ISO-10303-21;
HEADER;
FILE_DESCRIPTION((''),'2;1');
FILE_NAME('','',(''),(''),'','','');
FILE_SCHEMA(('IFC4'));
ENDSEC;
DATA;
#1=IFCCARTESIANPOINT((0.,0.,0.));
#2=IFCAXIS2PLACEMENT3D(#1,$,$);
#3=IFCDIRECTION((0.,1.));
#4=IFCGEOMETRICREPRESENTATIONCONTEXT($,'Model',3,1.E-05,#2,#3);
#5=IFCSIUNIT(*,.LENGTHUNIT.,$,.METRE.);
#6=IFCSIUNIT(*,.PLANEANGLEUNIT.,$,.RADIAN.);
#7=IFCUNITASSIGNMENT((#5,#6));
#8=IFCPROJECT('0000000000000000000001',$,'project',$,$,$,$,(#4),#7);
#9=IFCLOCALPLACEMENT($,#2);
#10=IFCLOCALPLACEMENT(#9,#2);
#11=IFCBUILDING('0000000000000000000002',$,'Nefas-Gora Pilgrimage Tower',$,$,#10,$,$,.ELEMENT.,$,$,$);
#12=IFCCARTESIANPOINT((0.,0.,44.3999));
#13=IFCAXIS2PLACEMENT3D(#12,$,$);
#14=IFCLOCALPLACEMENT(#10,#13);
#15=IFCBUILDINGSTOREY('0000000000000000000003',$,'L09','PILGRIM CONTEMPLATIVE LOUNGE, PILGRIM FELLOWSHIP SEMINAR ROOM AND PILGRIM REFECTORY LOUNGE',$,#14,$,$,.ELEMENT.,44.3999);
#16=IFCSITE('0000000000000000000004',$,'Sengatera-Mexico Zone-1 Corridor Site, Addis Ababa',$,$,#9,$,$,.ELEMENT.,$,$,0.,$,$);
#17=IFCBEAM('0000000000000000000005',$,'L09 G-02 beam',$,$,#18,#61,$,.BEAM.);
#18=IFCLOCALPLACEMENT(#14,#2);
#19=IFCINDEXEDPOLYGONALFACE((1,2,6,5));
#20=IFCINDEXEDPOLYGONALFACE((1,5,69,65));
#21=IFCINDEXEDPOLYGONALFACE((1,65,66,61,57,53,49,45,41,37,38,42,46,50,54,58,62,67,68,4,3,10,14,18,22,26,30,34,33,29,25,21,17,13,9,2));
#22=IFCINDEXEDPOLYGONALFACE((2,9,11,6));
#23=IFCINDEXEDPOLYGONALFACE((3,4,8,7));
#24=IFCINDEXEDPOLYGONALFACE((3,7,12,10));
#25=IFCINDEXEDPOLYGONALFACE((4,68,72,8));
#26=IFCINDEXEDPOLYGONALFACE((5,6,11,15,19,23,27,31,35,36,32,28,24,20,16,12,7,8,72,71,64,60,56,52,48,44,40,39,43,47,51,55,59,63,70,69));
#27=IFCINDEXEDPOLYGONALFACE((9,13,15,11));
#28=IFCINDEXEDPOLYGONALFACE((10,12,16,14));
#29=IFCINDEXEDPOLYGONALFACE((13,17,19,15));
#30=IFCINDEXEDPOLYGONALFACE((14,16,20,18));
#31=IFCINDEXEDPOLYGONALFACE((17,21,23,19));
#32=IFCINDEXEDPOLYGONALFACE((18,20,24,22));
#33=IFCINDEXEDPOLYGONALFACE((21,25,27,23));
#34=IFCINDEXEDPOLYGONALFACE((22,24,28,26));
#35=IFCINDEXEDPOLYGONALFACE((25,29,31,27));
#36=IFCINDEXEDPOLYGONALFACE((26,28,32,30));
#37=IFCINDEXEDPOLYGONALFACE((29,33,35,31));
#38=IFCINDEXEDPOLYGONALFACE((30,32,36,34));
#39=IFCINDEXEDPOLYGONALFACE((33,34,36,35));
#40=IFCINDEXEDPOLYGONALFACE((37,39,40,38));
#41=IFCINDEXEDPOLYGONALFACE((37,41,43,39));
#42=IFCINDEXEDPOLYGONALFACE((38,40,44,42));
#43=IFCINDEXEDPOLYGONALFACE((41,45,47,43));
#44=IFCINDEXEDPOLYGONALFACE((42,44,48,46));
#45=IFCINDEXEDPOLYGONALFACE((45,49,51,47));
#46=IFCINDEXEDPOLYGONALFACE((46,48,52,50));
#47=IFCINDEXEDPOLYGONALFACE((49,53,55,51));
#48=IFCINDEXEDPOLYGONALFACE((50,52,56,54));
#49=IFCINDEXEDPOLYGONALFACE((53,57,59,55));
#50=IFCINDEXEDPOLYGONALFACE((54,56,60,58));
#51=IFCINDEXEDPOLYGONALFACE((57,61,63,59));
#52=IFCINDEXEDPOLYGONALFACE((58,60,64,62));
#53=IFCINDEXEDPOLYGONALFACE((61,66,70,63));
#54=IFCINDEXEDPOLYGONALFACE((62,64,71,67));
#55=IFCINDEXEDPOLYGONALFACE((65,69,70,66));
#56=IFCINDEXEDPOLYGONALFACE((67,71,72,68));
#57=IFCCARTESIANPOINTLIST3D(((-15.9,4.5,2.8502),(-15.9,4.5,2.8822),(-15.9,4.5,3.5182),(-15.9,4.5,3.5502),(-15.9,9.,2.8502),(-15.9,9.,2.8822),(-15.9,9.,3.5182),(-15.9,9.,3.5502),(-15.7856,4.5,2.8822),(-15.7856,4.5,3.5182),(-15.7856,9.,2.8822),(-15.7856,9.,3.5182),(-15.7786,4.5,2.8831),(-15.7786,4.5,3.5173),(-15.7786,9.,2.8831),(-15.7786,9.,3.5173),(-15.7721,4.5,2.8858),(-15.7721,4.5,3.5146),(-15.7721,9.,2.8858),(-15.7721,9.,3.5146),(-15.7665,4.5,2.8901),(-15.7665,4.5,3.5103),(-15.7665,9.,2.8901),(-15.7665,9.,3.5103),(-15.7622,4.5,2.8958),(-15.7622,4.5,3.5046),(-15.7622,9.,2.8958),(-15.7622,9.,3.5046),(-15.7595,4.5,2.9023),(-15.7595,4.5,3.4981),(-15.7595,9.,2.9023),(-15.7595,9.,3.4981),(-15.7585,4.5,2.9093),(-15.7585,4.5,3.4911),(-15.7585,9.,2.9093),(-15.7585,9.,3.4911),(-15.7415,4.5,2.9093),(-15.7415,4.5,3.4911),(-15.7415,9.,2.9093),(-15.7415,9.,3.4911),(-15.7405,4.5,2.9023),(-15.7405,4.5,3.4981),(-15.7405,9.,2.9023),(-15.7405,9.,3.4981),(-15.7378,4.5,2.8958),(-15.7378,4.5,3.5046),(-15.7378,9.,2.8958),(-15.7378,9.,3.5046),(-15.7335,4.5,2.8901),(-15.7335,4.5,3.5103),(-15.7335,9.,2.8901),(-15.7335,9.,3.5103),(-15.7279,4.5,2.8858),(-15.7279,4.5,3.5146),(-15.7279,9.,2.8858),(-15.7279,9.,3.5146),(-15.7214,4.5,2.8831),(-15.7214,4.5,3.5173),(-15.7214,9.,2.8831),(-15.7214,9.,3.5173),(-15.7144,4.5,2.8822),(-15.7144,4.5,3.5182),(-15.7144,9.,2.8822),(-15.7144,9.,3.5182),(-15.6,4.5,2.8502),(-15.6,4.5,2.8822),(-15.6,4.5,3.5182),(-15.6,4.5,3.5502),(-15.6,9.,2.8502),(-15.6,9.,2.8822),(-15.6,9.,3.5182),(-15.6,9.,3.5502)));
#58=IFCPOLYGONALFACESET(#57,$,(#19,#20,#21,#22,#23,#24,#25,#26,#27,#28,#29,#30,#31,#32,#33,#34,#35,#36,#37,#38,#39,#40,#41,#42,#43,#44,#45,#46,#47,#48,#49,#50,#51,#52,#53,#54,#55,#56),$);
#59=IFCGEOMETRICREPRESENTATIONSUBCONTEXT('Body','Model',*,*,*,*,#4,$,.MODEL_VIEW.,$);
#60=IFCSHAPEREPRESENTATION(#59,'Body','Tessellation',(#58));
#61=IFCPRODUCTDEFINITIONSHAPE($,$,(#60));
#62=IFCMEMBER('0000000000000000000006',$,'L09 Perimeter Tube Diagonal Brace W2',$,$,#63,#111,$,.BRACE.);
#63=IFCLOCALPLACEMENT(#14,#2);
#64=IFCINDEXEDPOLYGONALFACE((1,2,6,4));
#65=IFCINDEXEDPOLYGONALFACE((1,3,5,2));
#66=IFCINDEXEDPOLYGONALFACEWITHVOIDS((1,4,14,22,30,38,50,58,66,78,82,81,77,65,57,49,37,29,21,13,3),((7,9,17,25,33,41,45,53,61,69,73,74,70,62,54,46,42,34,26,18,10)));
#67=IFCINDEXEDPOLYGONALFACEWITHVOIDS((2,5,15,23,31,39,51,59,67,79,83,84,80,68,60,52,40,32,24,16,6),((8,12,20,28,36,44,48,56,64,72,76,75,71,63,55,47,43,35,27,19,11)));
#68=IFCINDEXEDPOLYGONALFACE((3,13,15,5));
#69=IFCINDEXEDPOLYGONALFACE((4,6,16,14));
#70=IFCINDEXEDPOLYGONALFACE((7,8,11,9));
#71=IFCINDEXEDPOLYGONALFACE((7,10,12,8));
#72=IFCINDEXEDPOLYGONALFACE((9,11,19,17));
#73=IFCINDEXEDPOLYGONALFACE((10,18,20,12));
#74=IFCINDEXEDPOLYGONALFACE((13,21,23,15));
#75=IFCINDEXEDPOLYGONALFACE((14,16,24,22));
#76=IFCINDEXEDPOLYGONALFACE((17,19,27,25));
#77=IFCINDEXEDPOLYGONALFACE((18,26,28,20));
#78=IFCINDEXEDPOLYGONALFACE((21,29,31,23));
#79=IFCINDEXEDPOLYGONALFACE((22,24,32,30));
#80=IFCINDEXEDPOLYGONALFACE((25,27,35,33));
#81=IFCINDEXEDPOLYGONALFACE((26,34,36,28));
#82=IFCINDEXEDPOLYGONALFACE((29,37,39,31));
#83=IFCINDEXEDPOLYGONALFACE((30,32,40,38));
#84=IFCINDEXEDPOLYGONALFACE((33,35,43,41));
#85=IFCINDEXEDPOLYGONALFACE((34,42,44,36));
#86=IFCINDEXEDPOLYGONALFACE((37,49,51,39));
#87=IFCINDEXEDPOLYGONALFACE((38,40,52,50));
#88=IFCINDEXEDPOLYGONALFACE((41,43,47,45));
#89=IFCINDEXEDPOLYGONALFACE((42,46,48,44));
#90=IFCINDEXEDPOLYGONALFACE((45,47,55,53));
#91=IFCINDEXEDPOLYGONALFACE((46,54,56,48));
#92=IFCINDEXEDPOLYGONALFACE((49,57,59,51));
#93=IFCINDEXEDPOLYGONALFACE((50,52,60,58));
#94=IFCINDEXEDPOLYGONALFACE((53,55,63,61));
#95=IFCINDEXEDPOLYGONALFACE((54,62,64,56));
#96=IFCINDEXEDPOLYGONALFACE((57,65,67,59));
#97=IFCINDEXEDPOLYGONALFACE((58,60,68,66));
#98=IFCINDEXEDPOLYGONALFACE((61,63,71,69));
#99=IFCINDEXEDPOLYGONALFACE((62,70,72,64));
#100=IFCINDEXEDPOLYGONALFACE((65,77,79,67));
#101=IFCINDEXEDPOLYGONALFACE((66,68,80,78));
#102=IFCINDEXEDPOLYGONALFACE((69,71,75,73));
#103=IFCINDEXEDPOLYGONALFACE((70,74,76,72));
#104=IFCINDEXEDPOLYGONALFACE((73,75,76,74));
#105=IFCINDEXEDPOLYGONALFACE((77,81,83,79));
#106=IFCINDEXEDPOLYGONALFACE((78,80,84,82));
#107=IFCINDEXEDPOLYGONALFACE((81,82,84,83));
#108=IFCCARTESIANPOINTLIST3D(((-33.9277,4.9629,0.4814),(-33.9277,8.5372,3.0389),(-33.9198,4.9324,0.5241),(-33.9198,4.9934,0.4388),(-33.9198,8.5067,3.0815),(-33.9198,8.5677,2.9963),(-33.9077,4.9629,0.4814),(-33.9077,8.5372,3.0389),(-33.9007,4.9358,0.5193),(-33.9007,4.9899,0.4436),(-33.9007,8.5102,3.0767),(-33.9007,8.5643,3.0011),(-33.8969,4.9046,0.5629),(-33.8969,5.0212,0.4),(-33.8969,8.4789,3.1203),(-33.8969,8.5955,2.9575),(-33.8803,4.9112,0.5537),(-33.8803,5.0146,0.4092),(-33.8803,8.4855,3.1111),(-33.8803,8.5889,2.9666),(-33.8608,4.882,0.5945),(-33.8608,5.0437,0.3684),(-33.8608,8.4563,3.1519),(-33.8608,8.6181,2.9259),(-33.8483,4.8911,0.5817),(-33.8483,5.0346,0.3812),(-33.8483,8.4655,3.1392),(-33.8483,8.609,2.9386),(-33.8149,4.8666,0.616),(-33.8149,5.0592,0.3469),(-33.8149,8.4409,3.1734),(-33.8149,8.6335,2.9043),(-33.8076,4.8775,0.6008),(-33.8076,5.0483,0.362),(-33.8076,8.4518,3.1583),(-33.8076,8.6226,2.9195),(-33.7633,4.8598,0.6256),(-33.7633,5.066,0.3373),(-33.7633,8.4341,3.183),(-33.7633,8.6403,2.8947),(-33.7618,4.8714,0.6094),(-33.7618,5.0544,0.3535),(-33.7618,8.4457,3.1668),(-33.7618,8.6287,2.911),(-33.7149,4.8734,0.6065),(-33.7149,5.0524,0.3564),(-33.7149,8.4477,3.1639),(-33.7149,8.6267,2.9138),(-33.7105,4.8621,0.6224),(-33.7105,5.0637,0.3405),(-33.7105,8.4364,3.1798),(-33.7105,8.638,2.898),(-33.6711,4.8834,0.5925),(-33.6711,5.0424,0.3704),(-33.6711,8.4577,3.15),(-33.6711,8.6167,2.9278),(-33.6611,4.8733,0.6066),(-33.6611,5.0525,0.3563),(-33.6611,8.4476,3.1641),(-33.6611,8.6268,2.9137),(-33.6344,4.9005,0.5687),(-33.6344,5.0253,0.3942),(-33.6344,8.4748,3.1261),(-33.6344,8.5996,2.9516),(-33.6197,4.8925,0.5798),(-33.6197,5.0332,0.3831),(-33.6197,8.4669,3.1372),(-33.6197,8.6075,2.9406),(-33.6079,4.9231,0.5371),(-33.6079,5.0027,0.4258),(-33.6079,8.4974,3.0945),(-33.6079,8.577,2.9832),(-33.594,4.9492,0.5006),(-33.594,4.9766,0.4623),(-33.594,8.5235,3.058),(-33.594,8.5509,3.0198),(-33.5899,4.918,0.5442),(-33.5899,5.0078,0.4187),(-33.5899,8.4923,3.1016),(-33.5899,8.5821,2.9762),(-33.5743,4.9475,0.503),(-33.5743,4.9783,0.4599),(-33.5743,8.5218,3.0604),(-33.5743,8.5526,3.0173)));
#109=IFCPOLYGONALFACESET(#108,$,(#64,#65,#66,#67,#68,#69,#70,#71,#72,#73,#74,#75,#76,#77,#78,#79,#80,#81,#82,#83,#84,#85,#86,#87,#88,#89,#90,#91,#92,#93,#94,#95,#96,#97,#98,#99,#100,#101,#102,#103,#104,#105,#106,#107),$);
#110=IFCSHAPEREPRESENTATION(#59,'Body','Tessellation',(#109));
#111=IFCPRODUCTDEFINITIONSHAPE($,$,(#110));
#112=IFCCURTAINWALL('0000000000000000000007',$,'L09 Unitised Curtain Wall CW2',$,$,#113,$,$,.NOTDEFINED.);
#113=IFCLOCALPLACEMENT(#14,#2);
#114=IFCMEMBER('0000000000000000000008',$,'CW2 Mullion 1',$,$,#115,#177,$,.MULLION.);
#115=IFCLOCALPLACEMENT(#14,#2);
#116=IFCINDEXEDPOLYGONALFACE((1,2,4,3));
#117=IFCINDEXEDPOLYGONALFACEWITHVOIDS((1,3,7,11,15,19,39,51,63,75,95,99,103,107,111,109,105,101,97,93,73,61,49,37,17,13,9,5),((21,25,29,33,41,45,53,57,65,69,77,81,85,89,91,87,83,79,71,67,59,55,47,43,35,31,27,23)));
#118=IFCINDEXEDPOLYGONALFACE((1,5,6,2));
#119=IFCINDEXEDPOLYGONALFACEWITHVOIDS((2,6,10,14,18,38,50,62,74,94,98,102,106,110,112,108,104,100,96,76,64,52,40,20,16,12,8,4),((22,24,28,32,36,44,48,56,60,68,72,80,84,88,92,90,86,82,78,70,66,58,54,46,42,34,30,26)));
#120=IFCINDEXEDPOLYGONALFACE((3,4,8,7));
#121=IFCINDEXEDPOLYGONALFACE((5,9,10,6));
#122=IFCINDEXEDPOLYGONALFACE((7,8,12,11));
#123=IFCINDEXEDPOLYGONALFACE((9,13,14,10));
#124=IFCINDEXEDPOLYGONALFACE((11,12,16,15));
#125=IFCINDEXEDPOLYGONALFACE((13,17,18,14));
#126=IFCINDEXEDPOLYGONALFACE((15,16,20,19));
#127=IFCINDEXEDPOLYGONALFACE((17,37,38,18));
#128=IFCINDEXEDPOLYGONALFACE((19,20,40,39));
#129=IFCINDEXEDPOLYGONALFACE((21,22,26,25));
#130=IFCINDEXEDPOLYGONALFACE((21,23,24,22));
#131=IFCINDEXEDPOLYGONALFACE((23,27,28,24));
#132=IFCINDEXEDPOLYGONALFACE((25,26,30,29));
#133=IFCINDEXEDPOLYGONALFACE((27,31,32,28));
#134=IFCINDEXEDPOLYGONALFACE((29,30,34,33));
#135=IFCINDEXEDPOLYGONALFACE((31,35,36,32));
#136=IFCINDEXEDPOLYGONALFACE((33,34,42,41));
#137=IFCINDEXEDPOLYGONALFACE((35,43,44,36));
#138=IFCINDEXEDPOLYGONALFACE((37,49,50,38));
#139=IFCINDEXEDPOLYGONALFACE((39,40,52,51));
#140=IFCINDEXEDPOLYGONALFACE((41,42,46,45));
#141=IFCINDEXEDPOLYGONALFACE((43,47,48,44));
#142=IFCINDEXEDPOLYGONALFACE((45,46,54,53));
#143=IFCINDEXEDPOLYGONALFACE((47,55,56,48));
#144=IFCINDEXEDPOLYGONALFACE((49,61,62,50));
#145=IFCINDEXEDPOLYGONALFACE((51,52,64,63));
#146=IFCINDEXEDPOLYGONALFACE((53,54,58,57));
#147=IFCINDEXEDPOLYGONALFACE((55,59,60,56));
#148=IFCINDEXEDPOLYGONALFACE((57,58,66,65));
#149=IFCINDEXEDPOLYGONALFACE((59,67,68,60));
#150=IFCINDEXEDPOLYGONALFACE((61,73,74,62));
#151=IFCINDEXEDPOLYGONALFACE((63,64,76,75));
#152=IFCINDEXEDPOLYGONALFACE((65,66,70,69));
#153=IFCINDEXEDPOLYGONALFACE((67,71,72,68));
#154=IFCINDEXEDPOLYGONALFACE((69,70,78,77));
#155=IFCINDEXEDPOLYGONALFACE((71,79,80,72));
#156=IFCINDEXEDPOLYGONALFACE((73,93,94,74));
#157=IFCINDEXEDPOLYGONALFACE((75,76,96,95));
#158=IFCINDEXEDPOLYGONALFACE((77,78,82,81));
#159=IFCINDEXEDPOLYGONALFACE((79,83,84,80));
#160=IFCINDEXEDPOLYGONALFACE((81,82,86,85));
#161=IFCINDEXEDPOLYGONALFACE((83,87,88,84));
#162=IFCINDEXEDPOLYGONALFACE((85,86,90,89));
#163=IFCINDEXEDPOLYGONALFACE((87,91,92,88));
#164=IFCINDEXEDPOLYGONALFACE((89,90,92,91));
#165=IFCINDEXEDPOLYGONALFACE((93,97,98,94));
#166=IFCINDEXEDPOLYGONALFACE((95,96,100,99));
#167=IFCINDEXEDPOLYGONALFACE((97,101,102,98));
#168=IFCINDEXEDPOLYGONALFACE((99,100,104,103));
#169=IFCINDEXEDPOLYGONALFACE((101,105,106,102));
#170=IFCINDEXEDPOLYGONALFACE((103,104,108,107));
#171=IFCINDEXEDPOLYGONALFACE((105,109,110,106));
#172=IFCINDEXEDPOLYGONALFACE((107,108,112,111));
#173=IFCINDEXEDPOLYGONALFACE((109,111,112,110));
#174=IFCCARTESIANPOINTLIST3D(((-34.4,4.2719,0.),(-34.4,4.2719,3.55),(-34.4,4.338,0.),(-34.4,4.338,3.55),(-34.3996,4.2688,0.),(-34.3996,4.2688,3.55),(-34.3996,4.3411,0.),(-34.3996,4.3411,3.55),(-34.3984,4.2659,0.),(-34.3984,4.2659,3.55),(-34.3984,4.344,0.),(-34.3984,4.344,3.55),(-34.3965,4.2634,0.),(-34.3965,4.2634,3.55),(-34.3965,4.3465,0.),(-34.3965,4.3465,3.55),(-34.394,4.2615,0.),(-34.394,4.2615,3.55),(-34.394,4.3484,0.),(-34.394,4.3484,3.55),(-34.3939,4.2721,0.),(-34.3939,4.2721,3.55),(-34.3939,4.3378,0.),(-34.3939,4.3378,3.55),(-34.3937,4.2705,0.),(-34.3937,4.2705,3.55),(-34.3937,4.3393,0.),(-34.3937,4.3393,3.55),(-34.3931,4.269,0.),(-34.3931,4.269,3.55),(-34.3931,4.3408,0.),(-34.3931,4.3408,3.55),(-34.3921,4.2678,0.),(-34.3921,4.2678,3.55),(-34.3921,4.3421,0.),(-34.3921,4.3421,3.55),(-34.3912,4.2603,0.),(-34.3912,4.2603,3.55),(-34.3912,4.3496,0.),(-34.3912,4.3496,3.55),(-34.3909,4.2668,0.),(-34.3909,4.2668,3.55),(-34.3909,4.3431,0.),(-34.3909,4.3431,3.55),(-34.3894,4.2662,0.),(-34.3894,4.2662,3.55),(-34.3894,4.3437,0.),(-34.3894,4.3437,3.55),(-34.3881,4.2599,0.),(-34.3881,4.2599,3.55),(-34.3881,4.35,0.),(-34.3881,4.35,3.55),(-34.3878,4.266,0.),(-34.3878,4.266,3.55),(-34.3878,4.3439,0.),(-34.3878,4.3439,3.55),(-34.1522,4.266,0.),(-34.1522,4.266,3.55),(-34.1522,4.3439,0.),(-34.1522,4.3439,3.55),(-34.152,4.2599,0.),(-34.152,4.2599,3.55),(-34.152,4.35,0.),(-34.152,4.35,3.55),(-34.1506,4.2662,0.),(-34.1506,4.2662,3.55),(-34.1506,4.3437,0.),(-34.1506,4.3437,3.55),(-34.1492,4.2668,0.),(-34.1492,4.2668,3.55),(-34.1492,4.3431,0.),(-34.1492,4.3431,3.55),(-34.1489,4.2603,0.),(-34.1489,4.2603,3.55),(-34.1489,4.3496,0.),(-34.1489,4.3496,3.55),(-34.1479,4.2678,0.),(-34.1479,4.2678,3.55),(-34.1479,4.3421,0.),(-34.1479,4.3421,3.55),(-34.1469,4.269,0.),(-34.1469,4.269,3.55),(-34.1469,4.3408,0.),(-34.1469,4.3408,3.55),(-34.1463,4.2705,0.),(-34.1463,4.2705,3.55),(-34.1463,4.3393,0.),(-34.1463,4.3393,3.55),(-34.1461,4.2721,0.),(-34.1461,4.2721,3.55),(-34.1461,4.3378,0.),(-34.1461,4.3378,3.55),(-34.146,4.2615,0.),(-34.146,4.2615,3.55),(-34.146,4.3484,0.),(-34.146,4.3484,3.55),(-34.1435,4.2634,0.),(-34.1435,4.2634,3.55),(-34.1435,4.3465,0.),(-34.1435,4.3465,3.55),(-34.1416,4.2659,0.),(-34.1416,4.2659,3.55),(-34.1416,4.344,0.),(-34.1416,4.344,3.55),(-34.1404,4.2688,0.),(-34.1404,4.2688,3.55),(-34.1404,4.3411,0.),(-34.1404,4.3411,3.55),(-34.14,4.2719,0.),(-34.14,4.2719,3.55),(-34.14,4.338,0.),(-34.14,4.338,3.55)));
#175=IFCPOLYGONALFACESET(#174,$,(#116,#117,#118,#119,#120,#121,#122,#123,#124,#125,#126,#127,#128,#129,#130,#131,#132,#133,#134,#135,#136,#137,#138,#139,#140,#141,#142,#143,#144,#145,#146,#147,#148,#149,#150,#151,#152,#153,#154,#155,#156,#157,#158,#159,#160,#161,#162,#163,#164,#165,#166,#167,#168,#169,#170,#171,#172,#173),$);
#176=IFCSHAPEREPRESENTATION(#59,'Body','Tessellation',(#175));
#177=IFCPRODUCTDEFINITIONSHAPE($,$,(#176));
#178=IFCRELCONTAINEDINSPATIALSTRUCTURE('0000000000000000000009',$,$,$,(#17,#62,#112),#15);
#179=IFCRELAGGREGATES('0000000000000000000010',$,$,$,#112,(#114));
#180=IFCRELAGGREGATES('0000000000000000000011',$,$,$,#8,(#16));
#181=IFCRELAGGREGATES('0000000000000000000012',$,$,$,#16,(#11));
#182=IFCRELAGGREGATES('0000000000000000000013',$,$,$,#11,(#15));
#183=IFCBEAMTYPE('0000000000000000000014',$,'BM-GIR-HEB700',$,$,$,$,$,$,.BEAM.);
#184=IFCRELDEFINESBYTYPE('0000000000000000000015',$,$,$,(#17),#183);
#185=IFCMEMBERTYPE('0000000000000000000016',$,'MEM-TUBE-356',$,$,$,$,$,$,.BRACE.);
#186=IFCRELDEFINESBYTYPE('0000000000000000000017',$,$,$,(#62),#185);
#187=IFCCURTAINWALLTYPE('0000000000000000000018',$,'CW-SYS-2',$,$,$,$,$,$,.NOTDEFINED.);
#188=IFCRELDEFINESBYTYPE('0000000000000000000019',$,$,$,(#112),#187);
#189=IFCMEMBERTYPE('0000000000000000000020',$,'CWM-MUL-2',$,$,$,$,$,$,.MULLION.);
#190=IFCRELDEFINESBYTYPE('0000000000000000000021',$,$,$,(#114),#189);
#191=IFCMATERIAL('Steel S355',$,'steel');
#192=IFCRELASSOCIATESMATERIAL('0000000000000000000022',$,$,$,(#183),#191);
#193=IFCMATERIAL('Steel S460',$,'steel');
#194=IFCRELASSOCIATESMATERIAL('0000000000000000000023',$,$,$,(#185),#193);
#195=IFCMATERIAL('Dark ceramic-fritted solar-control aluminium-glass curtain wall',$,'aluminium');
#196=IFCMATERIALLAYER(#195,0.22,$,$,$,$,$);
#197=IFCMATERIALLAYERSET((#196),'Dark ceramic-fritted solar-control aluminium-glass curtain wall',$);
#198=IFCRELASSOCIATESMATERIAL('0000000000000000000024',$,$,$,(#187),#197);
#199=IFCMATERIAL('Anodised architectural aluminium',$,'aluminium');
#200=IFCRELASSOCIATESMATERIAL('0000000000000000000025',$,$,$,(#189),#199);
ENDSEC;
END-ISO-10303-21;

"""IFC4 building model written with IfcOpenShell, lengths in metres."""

from ifc_helpers import new_model, si_unit, direction, frame, origin, origin_2d, place, context, subcontext, project, spatial, hollow_rectangle, hollow_circle, i_section, extrude, source, transform, mapped, material, layer, layer_set, material_profile, profile_set, type_object, element, aggregate, save


model = new_model("IFC4")

# Units and contexts
model_context = context("Model", 3, precision=1e-05, world=origin(), true_north=direction((0.0, 1.0)))
body_context = subcontext(model_context, "Body", "Model", "MODEL_VIEW")
ifc_project = project(units=[si_unit("LENGTHUNIT", "METRE"), si_unit("PLANEANGLEUNIT", "RADIAN")], contexts=[model_context])

# Site, building, storey
site_placement = place(None, origin())
site = spatial("IfcSite", under=ifc_project, at=site_placement, Name="Sengatera-Mexico Zone-1 Corridor Site, Addis Ababa", CompositionType="ELEMENT", RefElevation=0.0)
building_placement = place(site_placement, origin())
building = spatial("IfcBuilding", under=site, at=building_placement, Name="Nefas-Gora Pilgrimage Tower", CompositionType="ELEMENT")
storey_placement = place(building_placement, frame((0.0, 0.0, 44.3999)))
storey = spatial("IfcBuildingStorey", under=building, at=storey_placement, Name="L09", Description="PILGRIM CONTEMPLATIVE LOUNGE, PILGRIM FELLOWSHIP SEMINAR ROOM AND PILGRIM REFECTORY LOUNGE", CompositionType="ELEMENT", Elevation=44.3999)

# Shared definitions
ifc_material_1 = material(Name="Steel S460", Category="steel")

# Beam
ifc_material_2 = material(Name="Steel S355", Category="steel")
ifc_material_profile_1 = material_profile(ifc_material_2, i_section(OverallWidth=0.3, OverallDepth=0.7, WebThickness=0.0171, FlangeThickness=0.032, FilletRadius=0.0271, at=origin_2d()), Name="HEB 700")
ifc_profile_set_1 = profile_set([ifc_material_profile_1], Name="Steel S355")
beam_type_1 = type_object("IfcBeamType", Name="BM-GIR-HEB700", PredefinedType="BEAM", material=ifc_profile_set_1)
shared_shape_1 = source(origin(), body_context, "Body", "SweptSolid", [
    extrude(i_section(OverallWidth=0.3, OverallDepth=0.7, WebThickness=0.0171, FlangeThickness=0.032, FilletRadius=0.0271, at=origin_2d()), origin(), (0.0, 0.0, 1.0), 4.5),
])
for number, where, z_axis, x_axis, name in (
    (1, (-15.75, 4.5, 3.2002), (0.0, 1.0, 0.0), (-1.0, 0.0, 0.0), "L09 G-02 beam"),
):
    element("IfcBeam", number, at=place(storey_placement, frame(where, z_axis=z_axis, x_axis=x_axis)), inside=storey, type_object=beam_type_1, Name=name, PredefinedType="BEAM", context=body_context, shape_type="MappedRepresentation", body=[
        mapped(shared_shape_1, transform((0.0, 0.0, 0.0), x_axis=(1.0, 0.0, 0.0), y_axis=(0.0, 1.0, 0.0), z_axis=(0.0, 0.0, 1.0), scale=1.0)),
    ])

# Member
ifc_material_profile_2 = material_profile(ifc_material_1, hollow_circle(Radius=0.1777, WallThickness=0.02, at=origin_2d()), Name="CHS 355.6x20")
ifc_profile_set_2 = profile_set([ifc_material_profile_2], Name="Steel S460")
member_type_1 = type_object("IfcMemberType", Name="MEM-TUBE-356", PredefinedType="BRACE", material=ifc_profile_set_2)
shared_shape_2 = source(origin(), body_context, "Body", "SweptSolid", [
    extrude(hollow_circle(Radius=0.1777, WallThickness=0.02, at=origin_2d()), origin(), (0.0, 0.0, 1.0), 4.395),
])
member_1_placement = place(storey_placement, frame((-33.75, 4.9629, 0.4814), z_axis=(0.0, 0.813264, 0.581895), x_axis=(-1.0, 0.0, 0.0)))
element("IfcMember", 2, at=member_1_placement, inside=storey, type_object=member_type_1, Name="L09 Perimeter Tube Diagonal Brace W2", PredefinedType="BRACE", context=body_context, shape_type="MappedRepresentation", body=[
    mapped(shared_shape_2, transform((0.0, 0.0, 0.0), x_axis=(1.0, 0.0, 0.0), y_axis=(0.0, 1.0, 0.0), z_axis=(0.0, 0.0, 1.0), scale=1.0)),
])

# Curtain wall, member
ifc_material_3 = material(Name="Dark ceramic-fritted solar-control aluminium-glass curtain wall", Category="aluminium")
ifc_layer_1 = layer(ifc_material_3, 0.22)
ifc_layer_set_1 = layer_set([ifc_layer_1], Name="Dark ceramic-fritted solar-control aluminium-glass curtain wall")
curtain_wall_type = type_object("IfcCurtainWallType", Name="CW-SYS-2", PredefinedType="NOTDEFINED", material=ifc_layer_set_1)
curtain_wall_placement = place(storey_placement, origin())
curtain_wall = element("IfcCurtainWall", 3, at=curtain_wall_placement, inside=storey, type_object=curtain_wall_type, Name="L09 Unitised Curtain Wall CW2", PredefinedType="NOTDEFINED")
ifc_material_4 = material(Name="Anodised architectural aluminium", Category="aluminium")
ifc_material_profile_3 = material_profile(ifc_material_4, hollow_rectangle(XDim=0.0901, YDim=0.26, WallThickness=0.0061, InnerFilletRadius=0.0061, OuterFilletRadius=0.012, at=origin_2d()), Name="ALU MULLION 90x260")
ifc_profile_set_3 = profile_set([ifc_material_profile_3], Name="Anodised architectural aluminium")
member_type_2 = type_object("IfcMemberType", Name="CWM-MUL-2", PredefinedType="MULLION", material=ifc_profile_set_3)
shared_shape_3 = source(origin(), body_context, "Body", "SweptSolid", [
    extrude(hollow_rectangle(XDim=0.0901, YDim=0.26, WallThickness=0.0061, InnerFilletRadius=0.0061, OuterFilletRadius=0.012, at=origin_2d()), origin(), (0.0, 0.0, 1.0), 3.55),
])
member_2_placement = place(storey_placement, frame((-34.27, 4.3049, 0.0), z_axis=(0.0, 0.0, 1.0), x_axis=(0.0, -1.0, 0.0)))
member_2 = element("IfcMember", 4, at=member_2_placement, type_object=member_type_2, Name="CW2 Mullion 1", PredefinedType="MULLION", context=body_context, shape_type="MappedRepresentation", body=[
    mapped(shared_shape_3, transform((0.0, 0.0, 0.0), x_axis=(1.0, 0.0, 0.0), y_axis=(0.0, 1.0, 0.0), z_axis=(0.0, 0.0, 1.0), scale=1.0)),
])
aggregate(curtain_wall, [member_2])

save(model, "model.ifc")
